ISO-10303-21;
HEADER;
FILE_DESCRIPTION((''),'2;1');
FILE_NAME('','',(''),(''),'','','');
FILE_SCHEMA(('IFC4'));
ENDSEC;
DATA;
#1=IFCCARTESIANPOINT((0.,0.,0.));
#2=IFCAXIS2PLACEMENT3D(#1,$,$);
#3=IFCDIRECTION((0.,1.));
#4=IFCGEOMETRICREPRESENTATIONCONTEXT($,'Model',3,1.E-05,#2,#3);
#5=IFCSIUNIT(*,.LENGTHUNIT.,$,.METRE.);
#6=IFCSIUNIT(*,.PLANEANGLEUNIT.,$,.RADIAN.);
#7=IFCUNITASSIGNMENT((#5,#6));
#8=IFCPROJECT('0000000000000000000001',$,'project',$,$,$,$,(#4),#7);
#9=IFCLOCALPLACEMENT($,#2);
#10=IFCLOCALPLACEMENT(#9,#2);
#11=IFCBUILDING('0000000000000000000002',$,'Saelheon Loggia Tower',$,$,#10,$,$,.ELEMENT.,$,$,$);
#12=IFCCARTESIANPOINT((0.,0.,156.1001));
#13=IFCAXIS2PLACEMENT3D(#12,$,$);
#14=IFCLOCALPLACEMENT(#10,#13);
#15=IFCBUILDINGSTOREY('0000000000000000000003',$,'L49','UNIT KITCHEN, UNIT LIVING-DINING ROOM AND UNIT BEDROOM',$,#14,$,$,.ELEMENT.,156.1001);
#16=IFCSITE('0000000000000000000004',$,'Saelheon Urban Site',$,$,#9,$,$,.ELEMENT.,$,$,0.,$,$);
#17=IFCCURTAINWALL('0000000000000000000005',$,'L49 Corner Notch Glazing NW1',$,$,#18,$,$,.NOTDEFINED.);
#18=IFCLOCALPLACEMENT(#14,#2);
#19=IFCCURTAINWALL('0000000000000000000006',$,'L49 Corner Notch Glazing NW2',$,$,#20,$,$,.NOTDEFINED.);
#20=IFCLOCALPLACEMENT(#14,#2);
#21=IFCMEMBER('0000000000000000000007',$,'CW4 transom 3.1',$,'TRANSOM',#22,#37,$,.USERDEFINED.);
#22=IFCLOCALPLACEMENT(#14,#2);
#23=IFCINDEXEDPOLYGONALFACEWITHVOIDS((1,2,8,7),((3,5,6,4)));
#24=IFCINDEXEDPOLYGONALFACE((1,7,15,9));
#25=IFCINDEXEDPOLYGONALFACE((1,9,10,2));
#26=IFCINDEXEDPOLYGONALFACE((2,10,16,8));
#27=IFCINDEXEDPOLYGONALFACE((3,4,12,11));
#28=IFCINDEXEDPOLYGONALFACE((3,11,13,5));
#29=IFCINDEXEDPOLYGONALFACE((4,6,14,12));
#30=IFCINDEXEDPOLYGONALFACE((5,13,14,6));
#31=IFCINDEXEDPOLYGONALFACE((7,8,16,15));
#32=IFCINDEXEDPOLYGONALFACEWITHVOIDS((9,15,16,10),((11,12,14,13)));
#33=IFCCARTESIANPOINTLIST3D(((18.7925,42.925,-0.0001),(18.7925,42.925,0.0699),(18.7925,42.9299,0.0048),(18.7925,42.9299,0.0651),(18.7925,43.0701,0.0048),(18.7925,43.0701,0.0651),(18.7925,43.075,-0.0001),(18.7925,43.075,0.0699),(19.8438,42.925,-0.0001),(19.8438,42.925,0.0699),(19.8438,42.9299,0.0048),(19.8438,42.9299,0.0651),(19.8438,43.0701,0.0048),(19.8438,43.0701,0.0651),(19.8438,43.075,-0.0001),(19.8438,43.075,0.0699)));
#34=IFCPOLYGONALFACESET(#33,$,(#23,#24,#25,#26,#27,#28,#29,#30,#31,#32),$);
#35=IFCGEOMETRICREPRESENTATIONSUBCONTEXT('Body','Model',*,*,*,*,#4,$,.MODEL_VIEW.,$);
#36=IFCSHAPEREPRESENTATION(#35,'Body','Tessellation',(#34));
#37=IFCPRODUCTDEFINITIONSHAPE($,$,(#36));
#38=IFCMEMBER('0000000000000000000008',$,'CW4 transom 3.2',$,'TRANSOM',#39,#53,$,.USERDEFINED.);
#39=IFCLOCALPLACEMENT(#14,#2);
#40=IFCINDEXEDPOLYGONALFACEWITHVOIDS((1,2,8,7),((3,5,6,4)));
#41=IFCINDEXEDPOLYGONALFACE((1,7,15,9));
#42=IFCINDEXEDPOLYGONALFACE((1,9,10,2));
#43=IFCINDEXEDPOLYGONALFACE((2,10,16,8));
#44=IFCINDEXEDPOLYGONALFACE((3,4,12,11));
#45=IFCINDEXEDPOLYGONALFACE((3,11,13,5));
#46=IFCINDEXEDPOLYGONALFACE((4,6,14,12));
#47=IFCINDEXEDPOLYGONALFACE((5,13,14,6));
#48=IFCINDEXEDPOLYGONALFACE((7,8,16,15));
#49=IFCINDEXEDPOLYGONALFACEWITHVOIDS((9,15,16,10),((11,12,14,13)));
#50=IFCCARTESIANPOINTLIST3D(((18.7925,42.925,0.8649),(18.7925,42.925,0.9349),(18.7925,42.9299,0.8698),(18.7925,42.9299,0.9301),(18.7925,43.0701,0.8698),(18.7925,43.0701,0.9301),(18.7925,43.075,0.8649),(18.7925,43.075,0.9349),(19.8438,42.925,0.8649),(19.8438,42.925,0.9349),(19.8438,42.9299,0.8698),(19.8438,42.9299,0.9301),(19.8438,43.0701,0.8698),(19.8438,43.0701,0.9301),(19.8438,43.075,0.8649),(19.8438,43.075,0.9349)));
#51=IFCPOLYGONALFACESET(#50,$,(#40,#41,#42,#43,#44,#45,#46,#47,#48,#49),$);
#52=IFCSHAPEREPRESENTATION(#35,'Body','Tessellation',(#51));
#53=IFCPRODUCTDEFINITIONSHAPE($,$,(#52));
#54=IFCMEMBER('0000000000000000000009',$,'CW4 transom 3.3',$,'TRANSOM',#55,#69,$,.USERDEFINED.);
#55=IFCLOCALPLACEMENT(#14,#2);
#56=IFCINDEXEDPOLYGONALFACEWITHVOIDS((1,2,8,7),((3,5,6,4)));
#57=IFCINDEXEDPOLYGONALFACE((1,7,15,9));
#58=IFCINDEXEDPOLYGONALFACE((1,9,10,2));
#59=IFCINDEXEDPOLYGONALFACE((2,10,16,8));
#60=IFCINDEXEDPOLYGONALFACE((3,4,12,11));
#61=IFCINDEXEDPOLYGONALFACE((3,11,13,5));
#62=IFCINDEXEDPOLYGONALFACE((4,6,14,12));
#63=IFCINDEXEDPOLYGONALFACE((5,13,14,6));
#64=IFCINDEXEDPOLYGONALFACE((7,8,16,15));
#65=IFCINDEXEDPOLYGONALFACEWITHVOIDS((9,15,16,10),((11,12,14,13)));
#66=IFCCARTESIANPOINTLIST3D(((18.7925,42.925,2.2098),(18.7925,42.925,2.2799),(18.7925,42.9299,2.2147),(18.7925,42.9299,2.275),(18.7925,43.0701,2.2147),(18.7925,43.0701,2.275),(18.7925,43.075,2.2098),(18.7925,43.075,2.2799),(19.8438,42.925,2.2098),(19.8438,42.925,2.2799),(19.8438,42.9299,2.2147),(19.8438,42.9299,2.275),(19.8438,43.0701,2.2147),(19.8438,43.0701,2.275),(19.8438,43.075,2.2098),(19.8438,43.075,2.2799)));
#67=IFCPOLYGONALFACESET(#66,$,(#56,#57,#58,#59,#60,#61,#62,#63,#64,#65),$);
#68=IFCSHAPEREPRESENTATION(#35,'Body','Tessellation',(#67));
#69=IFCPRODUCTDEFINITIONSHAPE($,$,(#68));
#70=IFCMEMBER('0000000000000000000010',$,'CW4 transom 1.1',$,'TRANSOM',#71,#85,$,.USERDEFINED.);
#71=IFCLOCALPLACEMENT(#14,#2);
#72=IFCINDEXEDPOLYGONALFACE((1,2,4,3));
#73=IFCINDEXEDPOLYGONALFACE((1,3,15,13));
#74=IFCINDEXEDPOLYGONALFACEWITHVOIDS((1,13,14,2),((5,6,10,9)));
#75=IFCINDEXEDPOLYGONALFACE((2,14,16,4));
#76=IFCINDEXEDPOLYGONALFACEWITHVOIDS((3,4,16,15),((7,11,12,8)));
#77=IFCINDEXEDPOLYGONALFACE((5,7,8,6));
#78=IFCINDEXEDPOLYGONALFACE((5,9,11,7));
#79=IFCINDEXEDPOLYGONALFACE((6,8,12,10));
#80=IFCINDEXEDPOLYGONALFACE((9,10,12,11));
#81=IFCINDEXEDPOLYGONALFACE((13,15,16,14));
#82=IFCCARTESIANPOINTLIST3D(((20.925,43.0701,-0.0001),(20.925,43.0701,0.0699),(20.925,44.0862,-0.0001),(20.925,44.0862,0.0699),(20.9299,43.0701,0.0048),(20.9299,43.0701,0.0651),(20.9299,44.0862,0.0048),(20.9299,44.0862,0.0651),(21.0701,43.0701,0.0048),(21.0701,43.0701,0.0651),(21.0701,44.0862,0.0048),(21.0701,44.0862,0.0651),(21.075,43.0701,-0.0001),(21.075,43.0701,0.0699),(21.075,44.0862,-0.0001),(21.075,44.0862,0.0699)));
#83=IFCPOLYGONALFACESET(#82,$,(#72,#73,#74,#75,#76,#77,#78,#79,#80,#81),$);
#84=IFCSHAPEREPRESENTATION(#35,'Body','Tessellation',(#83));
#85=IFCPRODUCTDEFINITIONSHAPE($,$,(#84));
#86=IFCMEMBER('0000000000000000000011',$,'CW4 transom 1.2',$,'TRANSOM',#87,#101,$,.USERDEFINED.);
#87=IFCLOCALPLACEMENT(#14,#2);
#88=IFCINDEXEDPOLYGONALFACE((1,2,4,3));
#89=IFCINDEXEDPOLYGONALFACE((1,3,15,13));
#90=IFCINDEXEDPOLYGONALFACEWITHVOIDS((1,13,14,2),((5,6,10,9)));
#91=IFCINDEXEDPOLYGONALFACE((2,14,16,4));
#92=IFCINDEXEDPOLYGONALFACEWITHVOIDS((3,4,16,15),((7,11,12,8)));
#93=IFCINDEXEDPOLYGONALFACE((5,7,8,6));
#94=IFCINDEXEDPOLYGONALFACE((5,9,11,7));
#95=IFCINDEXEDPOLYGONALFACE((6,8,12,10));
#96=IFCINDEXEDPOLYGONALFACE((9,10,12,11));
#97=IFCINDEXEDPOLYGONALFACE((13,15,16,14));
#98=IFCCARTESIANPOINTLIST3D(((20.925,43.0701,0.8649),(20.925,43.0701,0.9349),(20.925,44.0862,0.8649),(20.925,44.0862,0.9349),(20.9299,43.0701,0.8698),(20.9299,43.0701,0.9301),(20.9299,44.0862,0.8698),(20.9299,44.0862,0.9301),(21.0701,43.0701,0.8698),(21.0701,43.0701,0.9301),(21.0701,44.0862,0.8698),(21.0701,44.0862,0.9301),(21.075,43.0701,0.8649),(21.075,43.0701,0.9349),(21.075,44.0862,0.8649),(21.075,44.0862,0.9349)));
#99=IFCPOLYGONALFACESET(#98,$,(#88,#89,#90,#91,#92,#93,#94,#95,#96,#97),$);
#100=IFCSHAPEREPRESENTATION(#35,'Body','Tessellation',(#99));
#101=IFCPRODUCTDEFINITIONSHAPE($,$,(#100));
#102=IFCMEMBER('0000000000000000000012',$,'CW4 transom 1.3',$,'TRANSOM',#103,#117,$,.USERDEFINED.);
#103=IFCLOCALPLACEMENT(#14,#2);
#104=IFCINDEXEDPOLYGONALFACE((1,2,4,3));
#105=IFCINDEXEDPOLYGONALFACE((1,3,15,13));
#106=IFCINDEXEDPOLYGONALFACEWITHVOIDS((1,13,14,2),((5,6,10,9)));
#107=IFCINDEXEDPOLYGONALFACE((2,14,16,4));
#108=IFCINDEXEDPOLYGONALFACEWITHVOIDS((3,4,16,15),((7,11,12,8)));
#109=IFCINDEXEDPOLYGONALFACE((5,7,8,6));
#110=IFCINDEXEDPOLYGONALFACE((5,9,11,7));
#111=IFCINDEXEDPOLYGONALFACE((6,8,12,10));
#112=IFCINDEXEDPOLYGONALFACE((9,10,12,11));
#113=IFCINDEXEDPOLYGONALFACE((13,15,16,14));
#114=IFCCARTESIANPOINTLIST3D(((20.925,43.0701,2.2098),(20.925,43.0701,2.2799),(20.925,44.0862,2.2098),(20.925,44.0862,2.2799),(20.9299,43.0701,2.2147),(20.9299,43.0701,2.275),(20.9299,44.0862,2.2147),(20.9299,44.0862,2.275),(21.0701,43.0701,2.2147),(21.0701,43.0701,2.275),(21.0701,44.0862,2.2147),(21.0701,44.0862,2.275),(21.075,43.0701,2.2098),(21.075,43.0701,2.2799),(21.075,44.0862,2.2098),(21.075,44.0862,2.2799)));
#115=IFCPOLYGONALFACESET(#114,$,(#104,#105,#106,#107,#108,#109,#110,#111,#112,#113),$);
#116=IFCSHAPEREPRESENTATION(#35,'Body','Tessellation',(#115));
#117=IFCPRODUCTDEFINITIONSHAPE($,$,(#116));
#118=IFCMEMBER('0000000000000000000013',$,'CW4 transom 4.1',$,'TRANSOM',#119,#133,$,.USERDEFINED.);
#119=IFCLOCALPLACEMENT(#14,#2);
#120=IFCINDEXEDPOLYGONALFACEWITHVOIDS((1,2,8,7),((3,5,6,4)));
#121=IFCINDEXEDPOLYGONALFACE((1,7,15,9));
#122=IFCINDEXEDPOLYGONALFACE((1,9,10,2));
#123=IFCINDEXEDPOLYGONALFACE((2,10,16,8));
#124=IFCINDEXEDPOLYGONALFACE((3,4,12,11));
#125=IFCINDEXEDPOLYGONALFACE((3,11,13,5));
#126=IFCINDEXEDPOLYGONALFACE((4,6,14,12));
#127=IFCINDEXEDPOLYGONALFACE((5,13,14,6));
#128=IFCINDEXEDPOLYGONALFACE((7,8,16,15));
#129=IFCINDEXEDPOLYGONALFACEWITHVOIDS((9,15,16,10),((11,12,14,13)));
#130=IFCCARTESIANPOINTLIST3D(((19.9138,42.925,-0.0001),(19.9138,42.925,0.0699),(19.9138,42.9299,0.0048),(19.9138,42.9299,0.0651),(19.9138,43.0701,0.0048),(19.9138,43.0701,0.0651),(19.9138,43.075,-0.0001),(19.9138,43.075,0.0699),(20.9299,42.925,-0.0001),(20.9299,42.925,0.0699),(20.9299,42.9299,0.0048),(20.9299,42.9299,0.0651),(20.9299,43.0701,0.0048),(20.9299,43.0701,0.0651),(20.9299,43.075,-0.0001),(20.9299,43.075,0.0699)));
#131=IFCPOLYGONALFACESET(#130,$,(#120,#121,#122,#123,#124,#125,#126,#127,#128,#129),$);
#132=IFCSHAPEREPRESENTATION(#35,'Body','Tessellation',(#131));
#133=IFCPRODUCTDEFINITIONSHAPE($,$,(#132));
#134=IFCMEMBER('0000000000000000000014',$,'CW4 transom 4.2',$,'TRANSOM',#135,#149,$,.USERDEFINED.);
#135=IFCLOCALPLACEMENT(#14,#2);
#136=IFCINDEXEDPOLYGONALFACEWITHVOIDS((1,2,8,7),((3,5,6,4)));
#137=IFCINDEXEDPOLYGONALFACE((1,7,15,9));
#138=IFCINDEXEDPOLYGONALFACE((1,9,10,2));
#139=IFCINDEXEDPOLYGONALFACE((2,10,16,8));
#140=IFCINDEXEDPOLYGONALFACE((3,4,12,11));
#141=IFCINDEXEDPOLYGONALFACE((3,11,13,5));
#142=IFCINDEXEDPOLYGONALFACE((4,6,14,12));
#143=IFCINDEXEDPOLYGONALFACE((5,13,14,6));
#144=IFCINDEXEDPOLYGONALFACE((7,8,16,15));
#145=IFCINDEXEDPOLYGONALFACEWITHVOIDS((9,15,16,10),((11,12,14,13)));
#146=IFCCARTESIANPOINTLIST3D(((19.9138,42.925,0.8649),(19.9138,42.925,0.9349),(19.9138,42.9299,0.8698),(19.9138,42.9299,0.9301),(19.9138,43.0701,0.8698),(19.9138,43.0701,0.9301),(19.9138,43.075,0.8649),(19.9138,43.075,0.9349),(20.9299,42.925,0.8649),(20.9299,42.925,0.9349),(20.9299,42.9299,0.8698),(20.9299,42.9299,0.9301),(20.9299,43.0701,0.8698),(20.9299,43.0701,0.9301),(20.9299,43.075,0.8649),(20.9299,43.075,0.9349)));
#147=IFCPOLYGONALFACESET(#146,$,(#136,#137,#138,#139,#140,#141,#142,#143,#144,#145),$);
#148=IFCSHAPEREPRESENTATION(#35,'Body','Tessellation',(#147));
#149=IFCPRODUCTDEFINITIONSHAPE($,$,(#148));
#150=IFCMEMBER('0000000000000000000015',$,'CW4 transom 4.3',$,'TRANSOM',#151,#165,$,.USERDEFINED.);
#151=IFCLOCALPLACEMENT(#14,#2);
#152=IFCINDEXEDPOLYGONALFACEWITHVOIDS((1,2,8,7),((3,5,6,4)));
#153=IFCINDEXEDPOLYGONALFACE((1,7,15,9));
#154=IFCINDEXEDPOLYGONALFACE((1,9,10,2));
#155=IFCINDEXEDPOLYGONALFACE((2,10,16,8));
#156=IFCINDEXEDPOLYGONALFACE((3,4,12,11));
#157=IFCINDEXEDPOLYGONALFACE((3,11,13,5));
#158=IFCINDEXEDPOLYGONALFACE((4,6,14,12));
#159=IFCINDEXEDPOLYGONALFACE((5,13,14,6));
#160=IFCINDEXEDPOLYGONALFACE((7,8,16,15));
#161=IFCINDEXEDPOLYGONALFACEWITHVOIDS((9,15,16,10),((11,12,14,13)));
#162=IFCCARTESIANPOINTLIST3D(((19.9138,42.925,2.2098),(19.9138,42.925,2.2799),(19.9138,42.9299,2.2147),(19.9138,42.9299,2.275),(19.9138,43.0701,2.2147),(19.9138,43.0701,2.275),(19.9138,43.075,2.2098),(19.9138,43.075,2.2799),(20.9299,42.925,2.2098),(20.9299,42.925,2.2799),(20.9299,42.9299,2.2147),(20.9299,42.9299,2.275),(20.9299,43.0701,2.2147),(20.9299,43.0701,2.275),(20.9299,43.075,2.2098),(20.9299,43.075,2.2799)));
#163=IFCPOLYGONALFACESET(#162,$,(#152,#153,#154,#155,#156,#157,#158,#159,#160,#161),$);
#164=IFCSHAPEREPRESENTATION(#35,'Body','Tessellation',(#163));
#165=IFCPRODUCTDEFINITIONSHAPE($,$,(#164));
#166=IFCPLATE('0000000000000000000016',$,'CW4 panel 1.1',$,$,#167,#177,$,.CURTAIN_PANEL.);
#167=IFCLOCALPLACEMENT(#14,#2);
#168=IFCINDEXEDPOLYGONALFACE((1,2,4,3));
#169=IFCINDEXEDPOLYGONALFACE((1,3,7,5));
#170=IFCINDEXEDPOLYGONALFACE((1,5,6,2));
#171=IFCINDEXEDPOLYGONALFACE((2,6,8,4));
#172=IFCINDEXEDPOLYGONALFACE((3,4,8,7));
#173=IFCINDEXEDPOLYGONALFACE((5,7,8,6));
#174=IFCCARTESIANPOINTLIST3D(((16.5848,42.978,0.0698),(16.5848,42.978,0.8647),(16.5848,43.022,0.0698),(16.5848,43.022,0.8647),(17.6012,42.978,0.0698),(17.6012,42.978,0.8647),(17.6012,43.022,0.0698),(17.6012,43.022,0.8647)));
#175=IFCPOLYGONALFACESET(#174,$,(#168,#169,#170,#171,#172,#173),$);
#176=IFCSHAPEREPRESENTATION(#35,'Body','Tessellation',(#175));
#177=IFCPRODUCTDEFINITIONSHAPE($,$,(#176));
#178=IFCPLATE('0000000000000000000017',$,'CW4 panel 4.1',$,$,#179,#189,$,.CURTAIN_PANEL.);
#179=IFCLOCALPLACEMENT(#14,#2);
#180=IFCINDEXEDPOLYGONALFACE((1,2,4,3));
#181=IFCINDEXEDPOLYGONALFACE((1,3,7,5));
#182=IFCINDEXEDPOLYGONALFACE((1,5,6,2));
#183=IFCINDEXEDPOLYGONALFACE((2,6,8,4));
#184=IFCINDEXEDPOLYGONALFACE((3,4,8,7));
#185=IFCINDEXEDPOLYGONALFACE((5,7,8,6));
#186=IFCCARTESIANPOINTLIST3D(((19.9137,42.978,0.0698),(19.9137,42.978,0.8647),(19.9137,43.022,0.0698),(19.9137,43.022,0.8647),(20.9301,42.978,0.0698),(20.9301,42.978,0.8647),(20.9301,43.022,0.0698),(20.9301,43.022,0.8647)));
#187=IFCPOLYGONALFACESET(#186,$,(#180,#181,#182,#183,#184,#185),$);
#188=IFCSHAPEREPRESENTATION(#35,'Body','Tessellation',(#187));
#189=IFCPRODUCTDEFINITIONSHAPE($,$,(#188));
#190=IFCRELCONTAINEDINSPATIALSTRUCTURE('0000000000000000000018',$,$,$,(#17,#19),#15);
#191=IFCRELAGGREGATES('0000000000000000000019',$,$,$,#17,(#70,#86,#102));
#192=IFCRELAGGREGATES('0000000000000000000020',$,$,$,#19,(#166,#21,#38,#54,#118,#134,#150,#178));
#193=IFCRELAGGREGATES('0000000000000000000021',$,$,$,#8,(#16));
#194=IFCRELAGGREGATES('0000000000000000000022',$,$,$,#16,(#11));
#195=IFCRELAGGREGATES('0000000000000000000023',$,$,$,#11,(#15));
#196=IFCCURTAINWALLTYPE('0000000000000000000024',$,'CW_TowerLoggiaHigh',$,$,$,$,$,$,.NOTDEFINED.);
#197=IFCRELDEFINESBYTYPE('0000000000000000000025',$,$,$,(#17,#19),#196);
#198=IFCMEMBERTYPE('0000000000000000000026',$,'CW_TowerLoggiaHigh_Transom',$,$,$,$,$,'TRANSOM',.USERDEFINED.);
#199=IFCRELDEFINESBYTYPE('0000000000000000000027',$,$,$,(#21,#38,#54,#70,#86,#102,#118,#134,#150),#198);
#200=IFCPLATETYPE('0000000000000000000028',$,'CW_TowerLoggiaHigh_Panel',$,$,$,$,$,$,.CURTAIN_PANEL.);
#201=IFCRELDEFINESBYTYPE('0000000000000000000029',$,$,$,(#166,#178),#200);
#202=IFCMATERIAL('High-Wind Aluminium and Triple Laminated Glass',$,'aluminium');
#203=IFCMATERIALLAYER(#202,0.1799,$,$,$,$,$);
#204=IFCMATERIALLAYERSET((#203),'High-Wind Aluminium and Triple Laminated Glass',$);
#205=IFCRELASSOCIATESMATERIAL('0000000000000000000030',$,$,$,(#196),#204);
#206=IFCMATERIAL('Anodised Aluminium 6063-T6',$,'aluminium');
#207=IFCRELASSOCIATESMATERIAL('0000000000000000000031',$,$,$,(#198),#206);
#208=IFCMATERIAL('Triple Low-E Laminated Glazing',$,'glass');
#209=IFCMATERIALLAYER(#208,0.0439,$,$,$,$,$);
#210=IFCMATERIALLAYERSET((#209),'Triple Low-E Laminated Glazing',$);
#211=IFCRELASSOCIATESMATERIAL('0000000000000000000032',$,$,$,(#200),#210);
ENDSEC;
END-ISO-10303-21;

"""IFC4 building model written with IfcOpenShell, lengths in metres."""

from ifc_helpers import new_model, si_unit, direction, frame, origin, origin_2d, place, context, subcontext, project, spatial, rectangle, hollow_rectangle, extrude, source, transform, mapped, material, layer, layer_set, material_profile, profile_set, type_object, element, aggregate, save


model = new_model("IFC4")

# Units and contexts
model_context = context("Model", 3, precision=1e-05, world=origin(), true_north=direction((0.0, 1.0)))
body_context = subcontext(model_context, "Body", "Model", "MODEL_VIEW")
ifc_project = project(units=[si_unit("LENGTHUNIT", "METRE"), si_unit("PLANEANGLEUNIT", "RADIAN")], contexts=[model_context])

# Site, building, storey
site_placement = place(None, origin())
site = spatial("IfcSite", under=ifc_project, at=site_placement, Name="Saelheon Urban Site", CompositionType="ELEMENT", RefElevation=0.0)
building_placement = place(site_placement, origin())
building = spatial("IfcBuilding", under=site, at=building_placement, Name="Saelheon Loggia Tower", CompositionType="ELEMENT")
storey_placement = place(building_placement, frame((0.0, 0.0, 156.1001)))
storey = spatial("IfcBuildingStorey", under=building, at=storey_placement, Name="L49", Description="UNIT KITCHEN, UNIT LIVING-DINING ROOM AND UNIT BEDROOM", CompositionType="ELEMENT", Elevation=156.1001)

# Curtain wall
ifc_material_1 = material(Name="High-Wind Aluminium and Triple Laminated Glass", Category="aluminium")
ifc_layer_1 = layer(ifc_material_1, 0.1799)
ifc_layer_set_1 = layer_set([ifc_layer_1], Name="High-Wind Aluminium and Triple Laminated Glass")
curtain_wall_type = type_object("IfcCurtainWallType", Name="CW_TowerLoggiaHigh", PredefinedType="NOTDEFINED", material=ifc_layer_set_1)
curtain_wall_1_placement = place(storey_placement, origin())
curtain_wall_1 = element("IfcCurtainWall", 1, at=curtain_wall_1_placement, inside=storey, type_object=curtain_wall_type, Name="L49 Corner Notch Glazing NW1", PredefinedType="NOTDEFINED")
ifc_material_2 = material(Name="Anodised Aluminium 6063-T6", Category="aluminium")

# Curtain wall, members
curtain_wall_2_placement = place(storey_placement, origin())
curtain_wall_2 = element("IfcCurtainWall", 2, at=curtain_wall_2_placement, inside=storey, type_object=curtain_wall_type, Name="L49 Corner Notch Glazing NW2", PredefinedType="NOTDEFINED")
ifc_material_profile_1 = material_profile(ifc_material_2, hollow_rectangle(XDim=0.0701, YDim=0.1499, WallThickness=0.0049, at=origin_2d()), Name="RHS-150x70x5")
ifc_profile_set_1 = profile_set([ifc_material_profile_1], Name="Anodised Aluminium 6063-T6")
member_type_1 = type_object("IfcMemberType", Name="CW_TowerLoggiaHigh_Transom", ElementType="TRANSOM", PredefinedType="USERDEFINED", material=ifc_profile_set_1)
shared_shape_1 = source(origin(), body_context, "Body", "SweptSolid", [
    extrude(hollow_rectangle(XDim=0.0701, YDim=0.1499, WallThickness=0.0049, at=origin_2d()), origin(), (0.0, 0.0, 1.0), 1.0513),
])
member_1_placement = place(storey_placement, frame((18.7925, 43.0, 0.0349), z_axis=(1.0, 0.0, 0.0), x_axis=(0.0, 0.0, 1.0)))
member_1 = element("IfcMember", 3, at=member_1_placement, type_object=member_type_1, Name="CW4 transom 3.1", ObjectType="TRANSOM", PredefinedType="USERDEFINED", context=body_context, shape_type="MappedRepresentation", body=[
    mapped(shared_shape_1, transform((0.0, 0.0, 0.0), scale=1.0)),
])
member_2_placement = place(storey_placement, frame((18.7925, 43.0, 0.8999), z_axis=(1.0, 0.0, 0.0), x_axis=(0.0, 0.0, 1.0)))
member_2 = element("IfcMember", 4, at=member_2_placement, type_object=member_type_1, Name="CW4 transom 3.2", ObjectType="TRANSOM", PredefinedType="USERDEFINED", context=body_context, shape_type="MappedRepresentation", body=[
    mapped(shared_shape_1, transform((0.0, 0.0, 0.0), scale=1.0)),
])
member_3_placement = place(storey_placement, frame((18.7925, 43.0, 2.2449), z_axis=(1.0, 0.0, 0.0), x_axis=(0.0, 0.0, 1.0)))
member_3 = element("IfcMember", 5, at=member_3_placement, type_object=member_type_1, Name="CW4 transom 3.3", ObjectType="TRANSOM", PredefinedType="USERDEFINED", context=body_context, shape_type="MappedRepresentation", body=[
    mapped(shared_shape_1, transform((0.0, 0.0, 0.0), scale=1.0)),
])

# Members
shared_shape_2 = source(origin(), body_context, "Body", "SweptSolid", [
    extrude(hollow_rectangle(XDim=0.0701, YDim=0.1499, WallThickness=0.0049, at=origin_2d()), origin(), (0.0, 0.0, 1.0), 1.0161),
])
member_4_placement = place(storey_placement, frame((21.0, 43.0701, 0.0349), z_axis=(0.0, 1.0, 0.0), x_axis=(0.0, 0.0, 1.0)))
member_4 = element("IfcMember", 6, at=member_4_placement, type_object=member_type_1, Name="CW4 transom 1.1", ObjectType="TRANSOM", PredefinedType="USERDEFINED", context=body_context, shape_type="MappedRepresentation", body=[
    mapped(shared_shape_2, transform((0.0, 0.0, 0.0), scale=1.0)),
])
member_5_placement = place(storey_placement, frame((21.0, 43.0701, 0.8999), z_axis=(0.0, 1.0, 0.0), x_axis=(0.0, 0.0, 1.0)))
member_5 = element("IfcMember", 7, at=member_5_placement, type_object=member_type_1, Name="CW4 transom 1.2", ObjectType="TRANSOM", PredefinedType="USERDEFINED", context=body_context, shape_type="MappedRepresentation", body=[
    mapped(shared_shape_2, transform((0.0, 0.0, 0.0), scale=1.0)),
])
member_6_placement = place(storey_placement, frame((21.0, 43.0701, 2.2449), z_axis=(0.0, 1.0, 0.0), x_axis=(0.0, 0.0, 1.0)))
member_6 = element("IfcMember", 8, at=member_6_placement, type_object=member_type_1, Name="CW4 transom 1.3", ObjectType="TRANSOM", PredefinedType="USERDEFINED", context=body_context, shape_type="MappedRepresentation", body=[
    mapped(shared_shape_2, transform((0.0, 0.0, 0.0), scale=1.0)),
])
aggregate(curtain_wall_1, [member_4, member_5, member_6])
member_7_placement = place(storey_placement, frame((19.9138, 43.0, 0.0349), z_axis=(1.0, 0.0, 0.0), x_axis=(0.0, 0.0, 1.0)))
member_7 = element("IfcMember", 9, at=member_7_placement, type_object=member_type_1, Name="CW4 transom 4.1", ObjectType="TRANSOM", PredefinedType="USERDEFINED", context=body_context, shape_type="MappedRepresentation", body=[
    mapped(shared_shape_2, transform((0.0, 0.0, 0.0), scale=1.0)),
])
member_8_placement = place(storey_placement, frame((19.9138, 43.0, 0.8999), z_axis=(1.0, 0.0, 0.0), x_axis=(0.0, 0.0, 1.0)))
member_8 = element("IfcMember", 10, at=member_8_placement, type_object=member_type_1, Name="CW4 transom 4.2", ObjectType="TRANSOM", PredefinedType="USERDEFINED", context=body_context, shape_type="MappedRepresentation", body=[
    mapped(shared_shape_2, transform((0.0, 0.0, 0.0), scale=1.0)),
])
member_9_placement = place(storey_placement, frame((19.9138, 43.0, 2.2449), z_axis=(1.0, 0.0, 0.0), x_axis=(0.0, 0.0, 1.0)))
member_9 = element("IfcMember", 11, at=member_9_placement, type_object=member_type_1, Name="CW4 transom 4.3", ObjectType="TRANSOM", PredefinedType="USERDEFINED", context=body_context, shape_type="MappedRepresentation", body=[
    mapped(shared_shape_2, transform((0.0, 0.0, 0.0), scale=1.0)),
])

# Plates
ifc_material_3 = material(Name="Triple Low-E Laminated Glazing", Category="glass")
ifc_layer_2 = layer(ifc_material_3, 0.0439)
ifc_layer_set_2 = layer_set([ifc_layer_2], Name="Triple Low-E Laminated Glazing")
plate_type = type_object("IfcPlateType", Name="CW_TowerLoggiaHigh_Panel", PredefinedType="CURTAIN_PANEL", material=ifc_layer_set_2)
shared_shape_3 = source(origin(), body_context, "Body", "SweptSolid", [
    extrude(rectangle(XDim=1.0164, YDim=0.0439, at=origin_2d()), origin(), (0.0, 0.0, 1.0), 0.7949),
])
plate_1_placement = place(storey_placement, frame((17.093, 43.0, 0.0698), z_axis=(0.0, 0.0, 1.0), x_axis=(1.0, 0.0, 0.0)))
plate_1 = element("IfcPlate", 12, at=plate_1_placement, type_object=plate_type, Name="CW4 panel 1.1", PredefinedType="CURTAIN_PANEL", context=body_context, shape_type="MappedRepresentation", body=[
    mapped(shared_shape_3, transform((0.0, 0.0, 0.0), scale=1.0)),
])
plate_2_placement = place(storey_placement, frame((20.4219, 43.0, 0.0698), z_axis=(0.0, 0.0, 1.0), x_axis=(1.0, 0.0, 0.0)))
plate_2 = element("IfcPlate", 13, at=plate_2_placement, type_object=plate_type, Name="CW4 panel 4.1", PredefinedType="CURTAIN_PANEL", context=body_context, shape_type="MappedRepresentation", body=[
    mapped(shared_shape_3, transform((0.0, 0.0, 0.0), scale=1.0)),
])
aggregate(curtain_wall_2, [plate_1, member_1, member_2, member_3, member_7, member_8, member_9, plate_2])

save(model, "model.ifc")
